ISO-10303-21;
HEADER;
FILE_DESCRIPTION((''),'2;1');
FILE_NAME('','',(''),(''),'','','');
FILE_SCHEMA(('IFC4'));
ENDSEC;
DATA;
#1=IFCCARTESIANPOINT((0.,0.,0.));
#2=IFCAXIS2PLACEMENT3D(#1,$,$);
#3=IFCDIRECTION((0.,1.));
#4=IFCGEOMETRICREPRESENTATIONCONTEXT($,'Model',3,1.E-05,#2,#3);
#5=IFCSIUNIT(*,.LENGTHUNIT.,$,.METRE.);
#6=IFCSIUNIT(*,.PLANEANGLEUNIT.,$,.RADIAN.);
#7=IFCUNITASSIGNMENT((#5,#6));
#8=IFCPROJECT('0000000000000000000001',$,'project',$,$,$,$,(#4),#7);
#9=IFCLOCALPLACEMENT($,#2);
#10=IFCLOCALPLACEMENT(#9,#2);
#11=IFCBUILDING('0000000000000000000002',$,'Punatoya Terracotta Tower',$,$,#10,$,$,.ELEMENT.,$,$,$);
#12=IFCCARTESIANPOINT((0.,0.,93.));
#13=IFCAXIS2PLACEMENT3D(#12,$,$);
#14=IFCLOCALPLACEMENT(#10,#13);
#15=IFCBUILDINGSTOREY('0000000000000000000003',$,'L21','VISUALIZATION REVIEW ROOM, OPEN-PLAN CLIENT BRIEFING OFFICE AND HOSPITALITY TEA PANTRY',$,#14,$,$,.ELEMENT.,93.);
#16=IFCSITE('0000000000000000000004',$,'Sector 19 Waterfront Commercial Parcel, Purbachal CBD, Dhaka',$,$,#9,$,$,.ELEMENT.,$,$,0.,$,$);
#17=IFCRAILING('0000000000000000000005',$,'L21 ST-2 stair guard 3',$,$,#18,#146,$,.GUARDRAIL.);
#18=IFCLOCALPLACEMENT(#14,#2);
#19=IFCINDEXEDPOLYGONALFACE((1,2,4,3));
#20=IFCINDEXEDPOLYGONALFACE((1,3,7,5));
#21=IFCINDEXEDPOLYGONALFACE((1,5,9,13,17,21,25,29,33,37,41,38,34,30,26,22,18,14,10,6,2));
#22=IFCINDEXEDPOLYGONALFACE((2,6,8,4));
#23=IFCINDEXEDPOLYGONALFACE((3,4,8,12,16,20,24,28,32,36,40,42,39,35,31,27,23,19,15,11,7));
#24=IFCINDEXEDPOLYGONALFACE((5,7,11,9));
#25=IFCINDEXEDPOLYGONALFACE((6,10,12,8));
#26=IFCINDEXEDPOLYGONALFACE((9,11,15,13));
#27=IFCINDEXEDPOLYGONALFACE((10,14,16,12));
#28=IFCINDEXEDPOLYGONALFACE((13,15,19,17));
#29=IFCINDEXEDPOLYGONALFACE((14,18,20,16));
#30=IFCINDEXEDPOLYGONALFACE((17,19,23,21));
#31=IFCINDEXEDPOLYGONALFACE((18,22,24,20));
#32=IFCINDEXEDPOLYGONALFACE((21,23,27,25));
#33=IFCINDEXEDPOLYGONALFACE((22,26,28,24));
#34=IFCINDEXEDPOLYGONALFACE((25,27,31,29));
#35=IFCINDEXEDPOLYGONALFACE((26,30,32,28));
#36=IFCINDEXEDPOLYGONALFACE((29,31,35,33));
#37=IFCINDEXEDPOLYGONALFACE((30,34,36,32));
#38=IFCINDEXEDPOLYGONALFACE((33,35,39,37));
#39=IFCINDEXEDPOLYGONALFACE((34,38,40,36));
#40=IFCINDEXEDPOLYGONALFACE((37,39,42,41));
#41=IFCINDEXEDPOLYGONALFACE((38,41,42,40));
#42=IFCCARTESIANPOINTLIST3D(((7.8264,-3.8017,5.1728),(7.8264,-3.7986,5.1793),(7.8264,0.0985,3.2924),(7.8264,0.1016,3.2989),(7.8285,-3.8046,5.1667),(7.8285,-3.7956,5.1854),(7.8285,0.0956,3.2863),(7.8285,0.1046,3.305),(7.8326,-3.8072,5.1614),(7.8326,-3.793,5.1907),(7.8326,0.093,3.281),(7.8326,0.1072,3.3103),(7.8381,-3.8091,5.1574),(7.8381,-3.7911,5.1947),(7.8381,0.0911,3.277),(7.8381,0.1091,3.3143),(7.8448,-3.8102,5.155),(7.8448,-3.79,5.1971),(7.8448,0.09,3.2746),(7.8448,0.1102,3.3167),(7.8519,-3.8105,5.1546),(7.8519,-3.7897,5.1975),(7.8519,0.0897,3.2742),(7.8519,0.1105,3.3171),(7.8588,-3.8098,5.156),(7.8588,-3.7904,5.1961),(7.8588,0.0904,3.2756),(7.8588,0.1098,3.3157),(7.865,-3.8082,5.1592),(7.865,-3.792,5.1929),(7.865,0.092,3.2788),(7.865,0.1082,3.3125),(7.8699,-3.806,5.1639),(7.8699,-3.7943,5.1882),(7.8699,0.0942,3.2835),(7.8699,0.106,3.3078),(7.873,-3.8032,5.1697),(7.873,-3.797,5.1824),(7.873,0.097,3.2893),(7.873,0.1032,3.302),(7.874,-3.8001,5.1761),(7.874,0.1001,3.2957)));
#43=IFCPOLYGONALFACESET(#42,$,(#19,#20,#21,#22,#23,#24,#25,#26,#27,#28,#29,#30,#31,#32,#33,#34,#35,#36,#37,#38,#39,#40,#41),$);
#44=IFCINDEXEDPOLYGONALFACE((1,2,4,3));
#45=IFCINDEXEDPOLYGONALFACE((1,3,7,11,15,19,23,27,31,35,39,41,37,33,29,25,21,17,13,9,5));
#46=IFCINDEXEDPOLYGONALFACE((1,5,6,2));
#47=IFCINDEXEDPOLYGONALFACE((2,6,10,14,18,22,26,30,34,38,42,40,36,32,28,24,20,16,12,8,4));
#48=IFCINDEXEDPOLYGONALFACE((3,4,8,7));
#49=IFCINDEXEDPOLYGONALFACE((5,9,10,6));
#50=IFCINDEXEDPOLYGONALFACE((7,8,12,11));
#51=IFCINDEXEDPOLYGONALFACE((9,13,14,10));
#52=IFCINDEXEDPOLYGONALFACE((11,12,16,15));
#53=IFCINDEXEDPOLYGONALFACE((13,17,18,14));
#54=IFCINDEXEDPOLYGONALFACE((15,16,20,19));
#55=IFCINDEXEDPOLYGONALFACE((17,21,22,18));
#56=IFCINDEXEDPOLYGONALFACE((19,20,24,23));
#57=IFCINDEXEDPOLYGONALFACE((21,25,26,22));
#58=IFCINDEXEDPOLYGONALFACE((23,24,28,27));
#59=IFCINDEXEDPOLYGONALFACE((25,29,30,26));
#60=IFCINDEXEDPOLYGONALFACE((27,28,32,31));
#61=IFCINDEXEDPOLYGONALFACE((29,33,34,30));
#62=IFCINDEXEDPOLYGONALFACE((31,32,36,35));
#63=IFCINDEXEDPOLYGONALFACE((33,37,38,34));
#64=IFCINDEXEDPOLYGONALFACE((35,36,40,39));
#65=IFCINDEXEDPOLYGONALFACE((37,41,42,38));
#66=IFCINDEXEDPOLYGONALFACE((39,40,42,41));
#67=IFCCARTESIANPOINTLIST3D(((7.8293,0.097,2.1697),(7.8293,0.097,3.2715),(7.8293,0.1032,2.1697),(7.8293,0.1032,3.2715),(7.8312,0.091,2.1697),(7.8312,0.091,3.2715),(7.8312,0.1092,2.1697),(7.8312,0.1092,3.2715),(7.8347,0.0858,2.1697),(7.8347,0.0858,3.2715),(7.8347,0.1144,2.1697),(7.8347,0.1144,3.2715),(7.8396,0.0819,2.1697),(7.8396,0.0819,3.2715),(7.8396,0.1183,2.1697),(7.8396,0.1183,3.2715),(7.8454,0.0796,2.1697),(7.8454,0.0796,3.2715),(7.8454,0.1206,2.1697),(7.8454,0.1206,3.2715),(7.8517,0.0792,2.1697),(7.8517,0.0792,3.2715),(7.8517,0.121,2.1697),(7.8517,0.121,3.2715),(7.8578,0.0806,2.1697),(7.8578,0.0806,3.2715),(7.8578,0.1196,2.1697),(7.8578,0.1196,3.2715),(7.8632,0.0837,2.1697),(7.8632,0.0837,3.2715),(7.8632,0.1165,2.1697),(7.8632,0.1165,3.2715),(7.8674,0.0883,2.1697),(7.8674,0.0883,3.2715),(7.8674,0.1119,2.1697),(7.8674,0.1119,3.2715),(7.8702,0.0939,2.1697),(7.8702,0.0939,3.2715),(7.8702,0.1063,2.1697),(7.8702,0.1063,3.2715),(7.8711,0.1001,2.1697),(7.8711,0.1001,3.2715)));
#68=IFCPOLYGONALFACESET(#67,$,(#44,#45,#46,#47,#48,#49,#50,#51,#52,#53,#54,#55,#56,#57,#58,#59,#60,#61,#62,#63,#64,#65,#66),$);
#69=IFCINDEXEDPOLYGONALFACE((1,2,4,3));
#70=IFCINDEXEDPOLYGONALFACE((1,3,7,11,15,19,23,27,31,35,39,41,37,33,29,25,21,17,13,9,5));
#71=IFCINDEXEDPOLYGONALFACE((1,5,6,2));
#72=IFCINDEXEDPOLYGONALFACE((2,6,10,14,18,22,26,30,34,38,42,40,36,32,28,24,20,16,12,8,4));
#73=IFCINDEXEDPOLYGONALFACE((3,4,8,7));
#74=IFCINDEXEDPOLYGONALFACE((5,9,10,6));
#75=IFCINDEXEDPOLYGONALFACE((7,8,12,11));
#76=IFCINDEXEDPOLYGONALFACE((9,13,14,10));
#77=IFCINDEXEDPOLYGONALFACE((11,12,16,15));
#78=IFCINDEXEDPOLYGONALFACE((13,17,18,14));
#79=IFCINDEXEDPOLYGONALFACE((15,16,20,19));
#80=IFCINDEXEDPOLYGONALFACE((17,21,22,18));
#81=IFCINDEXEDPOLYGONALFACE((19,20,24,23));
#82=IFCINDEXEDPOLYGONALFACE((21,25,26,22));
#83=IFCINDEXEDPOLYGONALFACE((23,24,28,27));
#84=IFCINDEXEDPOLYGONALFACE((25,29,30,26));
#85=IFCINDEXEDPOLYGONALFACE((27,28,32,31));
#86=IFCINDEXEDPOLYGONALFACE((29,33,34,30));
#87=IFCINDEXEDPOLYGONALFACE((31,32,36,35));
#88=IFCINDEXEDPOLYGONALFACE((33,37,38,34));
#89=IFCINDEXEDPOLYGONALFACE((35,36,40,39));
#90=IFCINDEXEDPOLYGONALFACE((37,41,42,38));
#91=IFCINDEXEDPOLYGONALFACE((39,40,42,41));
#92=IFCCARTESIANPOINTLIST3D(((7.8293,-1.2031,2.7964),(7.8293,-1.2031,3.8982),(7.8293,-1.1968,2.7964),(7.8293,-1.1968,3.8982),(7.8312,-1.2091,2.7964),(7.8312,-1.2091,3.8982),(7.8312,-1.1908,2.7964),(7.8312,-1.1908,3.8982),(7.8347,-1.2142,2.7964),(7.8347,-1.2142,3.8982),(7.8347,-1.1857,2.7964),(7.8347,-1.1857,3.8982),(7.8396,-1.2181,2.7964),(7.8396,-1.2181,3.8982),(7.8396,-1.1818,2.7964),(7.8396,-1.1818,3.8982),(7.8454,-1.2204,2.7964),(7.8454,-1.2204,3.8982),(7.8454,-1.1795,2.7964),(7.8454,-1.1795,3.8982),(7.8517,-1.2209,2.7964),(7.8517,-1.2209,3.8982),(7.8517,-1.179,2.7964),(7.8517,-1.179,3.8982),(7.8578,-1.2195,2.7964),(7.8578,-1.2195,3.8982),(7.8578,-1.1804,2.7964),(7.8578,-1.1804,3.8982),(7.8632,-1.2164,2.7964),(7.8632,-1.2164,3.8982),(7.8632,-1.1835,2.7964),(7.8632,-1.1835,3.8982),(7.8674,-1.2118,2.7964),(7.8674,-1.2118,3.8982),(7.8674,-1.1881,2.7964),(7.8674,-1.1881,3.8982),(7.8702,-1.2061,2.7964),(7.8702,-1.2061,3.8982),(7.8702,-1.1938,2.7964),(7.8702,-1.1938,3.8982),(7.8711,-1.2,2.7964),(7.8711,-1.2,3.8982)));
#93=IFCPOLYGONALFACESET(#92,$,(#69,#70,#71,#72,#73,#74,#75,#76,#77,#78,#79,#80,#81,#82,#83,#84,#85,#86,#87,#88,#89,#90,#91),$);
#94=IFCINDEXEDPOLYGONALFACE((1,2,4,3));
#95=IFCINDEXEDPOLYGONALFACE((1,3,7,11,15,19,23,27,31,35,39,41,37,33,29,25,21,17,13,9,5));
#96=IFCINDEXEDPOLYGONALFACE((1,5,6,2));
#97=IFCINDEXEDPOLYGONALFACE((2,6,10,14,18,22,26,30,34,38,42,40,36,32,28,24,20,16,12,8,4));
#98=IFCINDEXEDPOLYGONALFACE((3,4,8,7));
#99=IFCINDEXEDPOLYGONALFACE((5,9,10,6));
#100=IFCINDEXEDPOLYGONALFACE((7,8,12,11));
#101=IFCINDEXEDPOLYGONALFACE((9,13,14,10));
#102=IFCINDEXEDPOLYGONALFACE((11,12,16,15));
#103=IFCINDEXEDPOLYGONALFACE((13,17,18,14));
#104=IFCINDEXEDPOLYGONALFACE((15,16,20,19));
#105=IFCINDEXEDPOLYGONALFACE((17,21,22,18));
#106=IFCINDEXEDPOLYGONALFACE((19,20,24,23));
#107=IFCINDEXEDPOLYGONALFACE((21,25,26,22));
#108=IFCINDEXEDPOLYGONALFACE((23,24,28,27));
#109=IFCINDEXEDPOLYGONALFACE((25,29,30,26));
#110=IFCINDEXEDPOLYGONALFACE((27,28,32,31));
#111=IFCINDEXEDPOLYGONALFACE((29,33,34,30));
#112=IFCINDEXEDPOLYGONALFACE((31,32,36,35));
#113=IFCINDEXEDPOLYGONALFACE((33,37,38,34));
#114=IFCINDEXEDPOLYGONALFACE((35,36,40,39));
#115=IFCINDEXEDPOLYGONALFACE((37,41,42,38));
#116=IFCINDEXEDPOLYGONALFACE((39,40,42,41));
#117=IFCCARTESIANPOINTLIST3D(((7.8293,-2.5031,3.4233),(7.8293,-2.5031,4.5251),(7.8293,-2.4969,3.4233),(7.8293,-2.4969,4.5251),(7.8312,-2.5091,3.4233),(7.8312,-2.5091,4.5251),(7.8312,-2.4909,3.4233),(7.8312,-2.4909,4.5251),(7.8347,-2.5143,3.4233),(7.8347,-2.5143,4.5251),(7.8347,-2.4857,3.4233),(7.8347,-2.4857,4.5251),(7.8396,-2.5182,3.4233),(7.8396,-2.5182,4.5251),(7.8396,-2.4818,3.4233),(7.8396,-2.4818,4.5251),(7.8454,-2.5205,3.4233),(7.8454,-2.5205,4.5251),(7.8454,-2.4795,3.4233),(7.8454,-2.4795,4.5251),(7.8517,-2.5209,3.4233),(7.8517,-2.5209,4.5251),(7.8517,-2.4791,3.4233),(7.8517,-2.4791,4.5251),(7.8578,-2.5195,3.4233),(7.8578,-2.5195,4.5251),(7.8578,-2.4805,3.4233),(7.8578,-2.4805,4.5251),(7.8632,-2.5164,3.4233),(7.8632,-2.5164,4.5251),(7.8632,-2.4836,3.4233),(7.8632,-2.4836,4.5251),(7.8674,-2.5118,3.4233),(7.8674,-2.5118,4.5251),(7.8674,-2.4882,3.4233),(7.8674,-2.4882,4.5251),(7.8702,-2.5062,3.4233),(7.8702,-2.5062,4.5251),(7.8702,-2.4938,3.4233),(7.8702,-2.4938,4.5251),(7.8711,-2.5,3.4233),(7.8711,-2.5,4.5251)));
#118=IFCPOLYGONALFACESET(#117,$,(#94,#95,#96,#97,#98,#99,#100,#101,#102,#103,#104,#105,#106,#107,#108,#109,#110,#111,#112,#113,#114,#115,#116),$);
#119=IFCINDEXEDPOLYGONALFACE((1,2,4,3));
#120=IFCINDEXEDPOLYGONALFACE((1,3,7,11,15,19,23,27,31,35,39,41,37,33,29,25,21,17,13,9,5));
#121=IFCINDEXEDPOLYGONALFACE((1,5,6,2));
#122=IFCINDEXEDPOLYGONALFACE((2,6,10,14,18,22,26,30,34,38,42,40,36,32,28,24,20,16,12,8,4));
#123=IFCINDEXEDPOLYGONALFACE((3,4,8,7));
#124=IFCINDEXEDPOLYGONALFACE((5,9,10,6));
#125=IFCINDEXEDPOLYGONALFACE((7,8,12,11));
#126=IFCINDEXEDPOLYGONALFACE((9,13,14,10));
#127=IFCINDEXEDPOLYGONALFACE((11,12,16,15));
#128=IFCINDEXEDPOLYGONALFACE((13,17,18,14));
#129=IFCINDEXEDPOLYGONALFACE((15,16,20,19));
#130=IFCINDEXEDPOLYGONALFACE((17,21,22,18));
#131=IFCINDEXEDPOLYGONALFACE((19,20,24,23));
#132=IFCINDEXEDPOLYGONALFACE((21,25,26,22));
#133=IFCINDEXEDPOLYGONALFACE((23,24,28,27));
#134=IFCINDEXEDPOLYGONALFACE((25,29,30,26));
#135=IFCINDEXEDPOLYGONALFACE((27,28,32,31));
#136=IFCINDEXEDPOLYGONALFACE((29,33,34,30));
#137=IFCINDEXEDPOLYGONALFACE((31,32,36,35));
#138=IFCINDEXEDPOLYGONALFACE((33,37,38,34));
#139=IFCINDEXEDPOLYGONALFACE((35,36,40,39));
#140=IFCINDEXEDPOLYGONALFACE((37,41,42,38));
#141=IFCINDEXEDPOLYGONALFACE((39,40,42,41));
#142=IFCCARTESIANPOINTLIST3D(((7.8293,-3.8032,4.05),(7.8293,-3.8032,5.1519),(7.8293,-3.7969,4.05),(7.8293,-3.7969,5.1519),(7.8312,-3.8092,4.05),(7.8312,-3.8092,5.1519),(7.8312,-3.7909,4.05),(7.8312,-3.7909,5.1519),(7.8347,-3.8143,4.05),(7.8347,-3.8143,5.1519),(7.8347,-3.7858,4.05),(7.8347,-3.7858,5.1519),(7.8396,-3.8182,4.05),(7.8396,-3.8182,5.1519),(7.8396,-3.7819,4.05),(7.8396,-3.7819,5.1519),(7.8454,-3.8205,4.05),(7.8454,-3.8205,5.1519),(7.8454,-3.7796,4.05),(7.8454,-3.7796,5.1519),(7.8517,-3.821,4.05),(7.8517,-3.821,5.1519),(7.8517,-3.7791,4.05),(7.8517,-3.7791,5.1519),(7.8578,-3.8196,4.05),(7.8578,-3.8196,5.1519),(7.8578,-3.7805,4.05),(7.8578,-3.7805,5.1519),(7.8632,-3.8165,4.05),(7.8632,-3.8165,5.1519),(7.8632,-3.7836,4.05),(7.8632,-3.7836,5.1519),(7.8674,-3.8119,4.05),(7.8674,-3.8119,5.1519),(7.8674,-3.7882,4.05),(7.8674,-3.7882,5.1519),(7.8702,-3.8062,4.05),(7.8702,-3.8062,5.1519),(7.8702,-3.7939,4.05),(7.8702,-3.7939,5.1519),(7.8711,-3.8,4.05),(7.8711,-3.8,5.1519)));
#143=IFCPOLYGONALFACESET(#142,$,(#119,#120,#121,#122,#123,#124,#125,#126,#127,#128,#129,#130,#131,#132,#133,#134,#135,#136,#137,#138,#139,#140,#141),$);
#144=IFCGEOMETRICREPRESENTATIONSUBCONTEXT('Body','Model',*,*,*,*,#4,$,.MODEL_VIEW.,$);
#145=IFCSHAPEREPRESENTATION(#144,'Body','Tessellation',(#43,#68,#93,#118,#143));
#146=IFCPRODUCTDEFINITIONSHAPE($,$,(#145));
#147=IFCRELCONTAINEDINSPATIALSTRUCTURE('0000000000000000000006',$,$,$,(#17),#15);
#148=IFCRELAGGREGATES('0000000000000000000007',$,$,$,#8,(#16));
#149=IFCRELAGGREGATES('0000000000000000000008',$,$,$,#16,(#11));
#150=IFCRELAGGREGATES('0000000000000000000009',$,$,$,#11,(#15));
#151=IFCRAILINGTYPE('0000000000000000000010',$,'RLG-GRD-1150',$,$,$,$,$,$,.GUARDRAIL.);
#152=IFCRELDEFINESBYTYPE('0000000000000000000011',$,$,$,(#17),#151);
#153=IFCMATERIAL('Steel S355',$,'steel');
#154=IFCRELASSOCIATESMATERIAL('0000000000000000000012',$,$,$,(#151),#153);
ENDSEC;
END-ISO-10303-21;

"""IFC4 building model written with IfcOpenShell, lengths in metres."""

from ifc_helpers import new_model, si_unit, direction, frame, origin, origin_2d, place, context, subcontext, project, spatial, circle, extrude, material, type_object, element, save


model = new_model("IFC4")

# Units and contexts
model_context = context("Model", 3, precision=1e-05, world=origin(), true_north=direction((0.0, 1.0)))
body_context = subcontext(model_context, "Body", "Model", "MODEL_VIEW")
ifc_project = project(units=[si_unit("LENGTHUNIT", "METRE"), si_unit("PLANEANGLEUNIT", "RADIAN")], contexts=[model_context])

# Site, building, storey
site_placement = place(None, origin())
site = spatial("IfcSite", under=ifc_project, at=site_placement, Name="Sector 19 Waterfront Commercial Parcel, Purbachal CBD, Dhaka", CompositionType="ELEMENT", RefElevation=0.0)
building_placement = place(site_placement, origin())
building = spatial("IfcBuilding", under=site, at=building_placement, Name="Punatoya Terracotta Tower", CompositionType="ELEMENT")
storey_placement = place(building_placement, frame((0.0, 0.0, 93.0)))
storey = spatial("IfcBuildingStorey", under=building, at=storey_placement, Name="L21", Description="VISUALIZATION REVIEW ROOM, OPEN-PLAN CLIENT BRIEFING OFFICE AND HOSPITALITY TEA PANTRY", CompositionType="ELEMENT", Elevation=93.0)

# Shared definitions
ifc_material_1 = material(Name="Steel S355", Category="steel")

# Railing
railing_type_1 = type_object("IfcRailingType", Name="RLG-GRD-1150", PredefinedType="GUARDRAIL", material=ifc_material_1)
railing_1_placement = place(storey_placement, frame((7.8501, 0.1001, 2.1697)))
element("IfcRailing", 1, at=railing_1_placement, inside=storey, type_object=railing_type_1, Name="L21 ST-2 stair guard 3", PredefinedType="GUARDRAIL", context=body_context, shape_type="SweptSolid", body=[
    extrude(circle(Radius=0.0239, at=origin_2d()), frame((0.0, 0.0, 1.126), z_axis=(0.0, -0.900774, 0.434289), x_axis=(1.0, 0.0, 0.0)), (0.0, 0.0, 1.0), 4.3298),
    extrude(circle(Radius=0.021, at=origin_2d()), origin(), (0.0, 0.0, 1.0), 1.1018),
    extrude(circle(Radius=0.021, at=origin_2d()), frame((0.0, -1.3, 0.6267)), (0.0, 0.0, 1.0), 1.1018),
    extrude(circle(Radius=0.021, at=origin_2d()), frame((0.0, -2.6001, 1.2537)), (0.0, 0.0, 1.0), 1.1018),
    extrude(circle(Radius=0.021, at=origin_2d()), frame((0.0, -3.9001, 1.8804)), (0.0, 0.0, 1.0), 1.1018),
])

save(model, "model.ifc")
